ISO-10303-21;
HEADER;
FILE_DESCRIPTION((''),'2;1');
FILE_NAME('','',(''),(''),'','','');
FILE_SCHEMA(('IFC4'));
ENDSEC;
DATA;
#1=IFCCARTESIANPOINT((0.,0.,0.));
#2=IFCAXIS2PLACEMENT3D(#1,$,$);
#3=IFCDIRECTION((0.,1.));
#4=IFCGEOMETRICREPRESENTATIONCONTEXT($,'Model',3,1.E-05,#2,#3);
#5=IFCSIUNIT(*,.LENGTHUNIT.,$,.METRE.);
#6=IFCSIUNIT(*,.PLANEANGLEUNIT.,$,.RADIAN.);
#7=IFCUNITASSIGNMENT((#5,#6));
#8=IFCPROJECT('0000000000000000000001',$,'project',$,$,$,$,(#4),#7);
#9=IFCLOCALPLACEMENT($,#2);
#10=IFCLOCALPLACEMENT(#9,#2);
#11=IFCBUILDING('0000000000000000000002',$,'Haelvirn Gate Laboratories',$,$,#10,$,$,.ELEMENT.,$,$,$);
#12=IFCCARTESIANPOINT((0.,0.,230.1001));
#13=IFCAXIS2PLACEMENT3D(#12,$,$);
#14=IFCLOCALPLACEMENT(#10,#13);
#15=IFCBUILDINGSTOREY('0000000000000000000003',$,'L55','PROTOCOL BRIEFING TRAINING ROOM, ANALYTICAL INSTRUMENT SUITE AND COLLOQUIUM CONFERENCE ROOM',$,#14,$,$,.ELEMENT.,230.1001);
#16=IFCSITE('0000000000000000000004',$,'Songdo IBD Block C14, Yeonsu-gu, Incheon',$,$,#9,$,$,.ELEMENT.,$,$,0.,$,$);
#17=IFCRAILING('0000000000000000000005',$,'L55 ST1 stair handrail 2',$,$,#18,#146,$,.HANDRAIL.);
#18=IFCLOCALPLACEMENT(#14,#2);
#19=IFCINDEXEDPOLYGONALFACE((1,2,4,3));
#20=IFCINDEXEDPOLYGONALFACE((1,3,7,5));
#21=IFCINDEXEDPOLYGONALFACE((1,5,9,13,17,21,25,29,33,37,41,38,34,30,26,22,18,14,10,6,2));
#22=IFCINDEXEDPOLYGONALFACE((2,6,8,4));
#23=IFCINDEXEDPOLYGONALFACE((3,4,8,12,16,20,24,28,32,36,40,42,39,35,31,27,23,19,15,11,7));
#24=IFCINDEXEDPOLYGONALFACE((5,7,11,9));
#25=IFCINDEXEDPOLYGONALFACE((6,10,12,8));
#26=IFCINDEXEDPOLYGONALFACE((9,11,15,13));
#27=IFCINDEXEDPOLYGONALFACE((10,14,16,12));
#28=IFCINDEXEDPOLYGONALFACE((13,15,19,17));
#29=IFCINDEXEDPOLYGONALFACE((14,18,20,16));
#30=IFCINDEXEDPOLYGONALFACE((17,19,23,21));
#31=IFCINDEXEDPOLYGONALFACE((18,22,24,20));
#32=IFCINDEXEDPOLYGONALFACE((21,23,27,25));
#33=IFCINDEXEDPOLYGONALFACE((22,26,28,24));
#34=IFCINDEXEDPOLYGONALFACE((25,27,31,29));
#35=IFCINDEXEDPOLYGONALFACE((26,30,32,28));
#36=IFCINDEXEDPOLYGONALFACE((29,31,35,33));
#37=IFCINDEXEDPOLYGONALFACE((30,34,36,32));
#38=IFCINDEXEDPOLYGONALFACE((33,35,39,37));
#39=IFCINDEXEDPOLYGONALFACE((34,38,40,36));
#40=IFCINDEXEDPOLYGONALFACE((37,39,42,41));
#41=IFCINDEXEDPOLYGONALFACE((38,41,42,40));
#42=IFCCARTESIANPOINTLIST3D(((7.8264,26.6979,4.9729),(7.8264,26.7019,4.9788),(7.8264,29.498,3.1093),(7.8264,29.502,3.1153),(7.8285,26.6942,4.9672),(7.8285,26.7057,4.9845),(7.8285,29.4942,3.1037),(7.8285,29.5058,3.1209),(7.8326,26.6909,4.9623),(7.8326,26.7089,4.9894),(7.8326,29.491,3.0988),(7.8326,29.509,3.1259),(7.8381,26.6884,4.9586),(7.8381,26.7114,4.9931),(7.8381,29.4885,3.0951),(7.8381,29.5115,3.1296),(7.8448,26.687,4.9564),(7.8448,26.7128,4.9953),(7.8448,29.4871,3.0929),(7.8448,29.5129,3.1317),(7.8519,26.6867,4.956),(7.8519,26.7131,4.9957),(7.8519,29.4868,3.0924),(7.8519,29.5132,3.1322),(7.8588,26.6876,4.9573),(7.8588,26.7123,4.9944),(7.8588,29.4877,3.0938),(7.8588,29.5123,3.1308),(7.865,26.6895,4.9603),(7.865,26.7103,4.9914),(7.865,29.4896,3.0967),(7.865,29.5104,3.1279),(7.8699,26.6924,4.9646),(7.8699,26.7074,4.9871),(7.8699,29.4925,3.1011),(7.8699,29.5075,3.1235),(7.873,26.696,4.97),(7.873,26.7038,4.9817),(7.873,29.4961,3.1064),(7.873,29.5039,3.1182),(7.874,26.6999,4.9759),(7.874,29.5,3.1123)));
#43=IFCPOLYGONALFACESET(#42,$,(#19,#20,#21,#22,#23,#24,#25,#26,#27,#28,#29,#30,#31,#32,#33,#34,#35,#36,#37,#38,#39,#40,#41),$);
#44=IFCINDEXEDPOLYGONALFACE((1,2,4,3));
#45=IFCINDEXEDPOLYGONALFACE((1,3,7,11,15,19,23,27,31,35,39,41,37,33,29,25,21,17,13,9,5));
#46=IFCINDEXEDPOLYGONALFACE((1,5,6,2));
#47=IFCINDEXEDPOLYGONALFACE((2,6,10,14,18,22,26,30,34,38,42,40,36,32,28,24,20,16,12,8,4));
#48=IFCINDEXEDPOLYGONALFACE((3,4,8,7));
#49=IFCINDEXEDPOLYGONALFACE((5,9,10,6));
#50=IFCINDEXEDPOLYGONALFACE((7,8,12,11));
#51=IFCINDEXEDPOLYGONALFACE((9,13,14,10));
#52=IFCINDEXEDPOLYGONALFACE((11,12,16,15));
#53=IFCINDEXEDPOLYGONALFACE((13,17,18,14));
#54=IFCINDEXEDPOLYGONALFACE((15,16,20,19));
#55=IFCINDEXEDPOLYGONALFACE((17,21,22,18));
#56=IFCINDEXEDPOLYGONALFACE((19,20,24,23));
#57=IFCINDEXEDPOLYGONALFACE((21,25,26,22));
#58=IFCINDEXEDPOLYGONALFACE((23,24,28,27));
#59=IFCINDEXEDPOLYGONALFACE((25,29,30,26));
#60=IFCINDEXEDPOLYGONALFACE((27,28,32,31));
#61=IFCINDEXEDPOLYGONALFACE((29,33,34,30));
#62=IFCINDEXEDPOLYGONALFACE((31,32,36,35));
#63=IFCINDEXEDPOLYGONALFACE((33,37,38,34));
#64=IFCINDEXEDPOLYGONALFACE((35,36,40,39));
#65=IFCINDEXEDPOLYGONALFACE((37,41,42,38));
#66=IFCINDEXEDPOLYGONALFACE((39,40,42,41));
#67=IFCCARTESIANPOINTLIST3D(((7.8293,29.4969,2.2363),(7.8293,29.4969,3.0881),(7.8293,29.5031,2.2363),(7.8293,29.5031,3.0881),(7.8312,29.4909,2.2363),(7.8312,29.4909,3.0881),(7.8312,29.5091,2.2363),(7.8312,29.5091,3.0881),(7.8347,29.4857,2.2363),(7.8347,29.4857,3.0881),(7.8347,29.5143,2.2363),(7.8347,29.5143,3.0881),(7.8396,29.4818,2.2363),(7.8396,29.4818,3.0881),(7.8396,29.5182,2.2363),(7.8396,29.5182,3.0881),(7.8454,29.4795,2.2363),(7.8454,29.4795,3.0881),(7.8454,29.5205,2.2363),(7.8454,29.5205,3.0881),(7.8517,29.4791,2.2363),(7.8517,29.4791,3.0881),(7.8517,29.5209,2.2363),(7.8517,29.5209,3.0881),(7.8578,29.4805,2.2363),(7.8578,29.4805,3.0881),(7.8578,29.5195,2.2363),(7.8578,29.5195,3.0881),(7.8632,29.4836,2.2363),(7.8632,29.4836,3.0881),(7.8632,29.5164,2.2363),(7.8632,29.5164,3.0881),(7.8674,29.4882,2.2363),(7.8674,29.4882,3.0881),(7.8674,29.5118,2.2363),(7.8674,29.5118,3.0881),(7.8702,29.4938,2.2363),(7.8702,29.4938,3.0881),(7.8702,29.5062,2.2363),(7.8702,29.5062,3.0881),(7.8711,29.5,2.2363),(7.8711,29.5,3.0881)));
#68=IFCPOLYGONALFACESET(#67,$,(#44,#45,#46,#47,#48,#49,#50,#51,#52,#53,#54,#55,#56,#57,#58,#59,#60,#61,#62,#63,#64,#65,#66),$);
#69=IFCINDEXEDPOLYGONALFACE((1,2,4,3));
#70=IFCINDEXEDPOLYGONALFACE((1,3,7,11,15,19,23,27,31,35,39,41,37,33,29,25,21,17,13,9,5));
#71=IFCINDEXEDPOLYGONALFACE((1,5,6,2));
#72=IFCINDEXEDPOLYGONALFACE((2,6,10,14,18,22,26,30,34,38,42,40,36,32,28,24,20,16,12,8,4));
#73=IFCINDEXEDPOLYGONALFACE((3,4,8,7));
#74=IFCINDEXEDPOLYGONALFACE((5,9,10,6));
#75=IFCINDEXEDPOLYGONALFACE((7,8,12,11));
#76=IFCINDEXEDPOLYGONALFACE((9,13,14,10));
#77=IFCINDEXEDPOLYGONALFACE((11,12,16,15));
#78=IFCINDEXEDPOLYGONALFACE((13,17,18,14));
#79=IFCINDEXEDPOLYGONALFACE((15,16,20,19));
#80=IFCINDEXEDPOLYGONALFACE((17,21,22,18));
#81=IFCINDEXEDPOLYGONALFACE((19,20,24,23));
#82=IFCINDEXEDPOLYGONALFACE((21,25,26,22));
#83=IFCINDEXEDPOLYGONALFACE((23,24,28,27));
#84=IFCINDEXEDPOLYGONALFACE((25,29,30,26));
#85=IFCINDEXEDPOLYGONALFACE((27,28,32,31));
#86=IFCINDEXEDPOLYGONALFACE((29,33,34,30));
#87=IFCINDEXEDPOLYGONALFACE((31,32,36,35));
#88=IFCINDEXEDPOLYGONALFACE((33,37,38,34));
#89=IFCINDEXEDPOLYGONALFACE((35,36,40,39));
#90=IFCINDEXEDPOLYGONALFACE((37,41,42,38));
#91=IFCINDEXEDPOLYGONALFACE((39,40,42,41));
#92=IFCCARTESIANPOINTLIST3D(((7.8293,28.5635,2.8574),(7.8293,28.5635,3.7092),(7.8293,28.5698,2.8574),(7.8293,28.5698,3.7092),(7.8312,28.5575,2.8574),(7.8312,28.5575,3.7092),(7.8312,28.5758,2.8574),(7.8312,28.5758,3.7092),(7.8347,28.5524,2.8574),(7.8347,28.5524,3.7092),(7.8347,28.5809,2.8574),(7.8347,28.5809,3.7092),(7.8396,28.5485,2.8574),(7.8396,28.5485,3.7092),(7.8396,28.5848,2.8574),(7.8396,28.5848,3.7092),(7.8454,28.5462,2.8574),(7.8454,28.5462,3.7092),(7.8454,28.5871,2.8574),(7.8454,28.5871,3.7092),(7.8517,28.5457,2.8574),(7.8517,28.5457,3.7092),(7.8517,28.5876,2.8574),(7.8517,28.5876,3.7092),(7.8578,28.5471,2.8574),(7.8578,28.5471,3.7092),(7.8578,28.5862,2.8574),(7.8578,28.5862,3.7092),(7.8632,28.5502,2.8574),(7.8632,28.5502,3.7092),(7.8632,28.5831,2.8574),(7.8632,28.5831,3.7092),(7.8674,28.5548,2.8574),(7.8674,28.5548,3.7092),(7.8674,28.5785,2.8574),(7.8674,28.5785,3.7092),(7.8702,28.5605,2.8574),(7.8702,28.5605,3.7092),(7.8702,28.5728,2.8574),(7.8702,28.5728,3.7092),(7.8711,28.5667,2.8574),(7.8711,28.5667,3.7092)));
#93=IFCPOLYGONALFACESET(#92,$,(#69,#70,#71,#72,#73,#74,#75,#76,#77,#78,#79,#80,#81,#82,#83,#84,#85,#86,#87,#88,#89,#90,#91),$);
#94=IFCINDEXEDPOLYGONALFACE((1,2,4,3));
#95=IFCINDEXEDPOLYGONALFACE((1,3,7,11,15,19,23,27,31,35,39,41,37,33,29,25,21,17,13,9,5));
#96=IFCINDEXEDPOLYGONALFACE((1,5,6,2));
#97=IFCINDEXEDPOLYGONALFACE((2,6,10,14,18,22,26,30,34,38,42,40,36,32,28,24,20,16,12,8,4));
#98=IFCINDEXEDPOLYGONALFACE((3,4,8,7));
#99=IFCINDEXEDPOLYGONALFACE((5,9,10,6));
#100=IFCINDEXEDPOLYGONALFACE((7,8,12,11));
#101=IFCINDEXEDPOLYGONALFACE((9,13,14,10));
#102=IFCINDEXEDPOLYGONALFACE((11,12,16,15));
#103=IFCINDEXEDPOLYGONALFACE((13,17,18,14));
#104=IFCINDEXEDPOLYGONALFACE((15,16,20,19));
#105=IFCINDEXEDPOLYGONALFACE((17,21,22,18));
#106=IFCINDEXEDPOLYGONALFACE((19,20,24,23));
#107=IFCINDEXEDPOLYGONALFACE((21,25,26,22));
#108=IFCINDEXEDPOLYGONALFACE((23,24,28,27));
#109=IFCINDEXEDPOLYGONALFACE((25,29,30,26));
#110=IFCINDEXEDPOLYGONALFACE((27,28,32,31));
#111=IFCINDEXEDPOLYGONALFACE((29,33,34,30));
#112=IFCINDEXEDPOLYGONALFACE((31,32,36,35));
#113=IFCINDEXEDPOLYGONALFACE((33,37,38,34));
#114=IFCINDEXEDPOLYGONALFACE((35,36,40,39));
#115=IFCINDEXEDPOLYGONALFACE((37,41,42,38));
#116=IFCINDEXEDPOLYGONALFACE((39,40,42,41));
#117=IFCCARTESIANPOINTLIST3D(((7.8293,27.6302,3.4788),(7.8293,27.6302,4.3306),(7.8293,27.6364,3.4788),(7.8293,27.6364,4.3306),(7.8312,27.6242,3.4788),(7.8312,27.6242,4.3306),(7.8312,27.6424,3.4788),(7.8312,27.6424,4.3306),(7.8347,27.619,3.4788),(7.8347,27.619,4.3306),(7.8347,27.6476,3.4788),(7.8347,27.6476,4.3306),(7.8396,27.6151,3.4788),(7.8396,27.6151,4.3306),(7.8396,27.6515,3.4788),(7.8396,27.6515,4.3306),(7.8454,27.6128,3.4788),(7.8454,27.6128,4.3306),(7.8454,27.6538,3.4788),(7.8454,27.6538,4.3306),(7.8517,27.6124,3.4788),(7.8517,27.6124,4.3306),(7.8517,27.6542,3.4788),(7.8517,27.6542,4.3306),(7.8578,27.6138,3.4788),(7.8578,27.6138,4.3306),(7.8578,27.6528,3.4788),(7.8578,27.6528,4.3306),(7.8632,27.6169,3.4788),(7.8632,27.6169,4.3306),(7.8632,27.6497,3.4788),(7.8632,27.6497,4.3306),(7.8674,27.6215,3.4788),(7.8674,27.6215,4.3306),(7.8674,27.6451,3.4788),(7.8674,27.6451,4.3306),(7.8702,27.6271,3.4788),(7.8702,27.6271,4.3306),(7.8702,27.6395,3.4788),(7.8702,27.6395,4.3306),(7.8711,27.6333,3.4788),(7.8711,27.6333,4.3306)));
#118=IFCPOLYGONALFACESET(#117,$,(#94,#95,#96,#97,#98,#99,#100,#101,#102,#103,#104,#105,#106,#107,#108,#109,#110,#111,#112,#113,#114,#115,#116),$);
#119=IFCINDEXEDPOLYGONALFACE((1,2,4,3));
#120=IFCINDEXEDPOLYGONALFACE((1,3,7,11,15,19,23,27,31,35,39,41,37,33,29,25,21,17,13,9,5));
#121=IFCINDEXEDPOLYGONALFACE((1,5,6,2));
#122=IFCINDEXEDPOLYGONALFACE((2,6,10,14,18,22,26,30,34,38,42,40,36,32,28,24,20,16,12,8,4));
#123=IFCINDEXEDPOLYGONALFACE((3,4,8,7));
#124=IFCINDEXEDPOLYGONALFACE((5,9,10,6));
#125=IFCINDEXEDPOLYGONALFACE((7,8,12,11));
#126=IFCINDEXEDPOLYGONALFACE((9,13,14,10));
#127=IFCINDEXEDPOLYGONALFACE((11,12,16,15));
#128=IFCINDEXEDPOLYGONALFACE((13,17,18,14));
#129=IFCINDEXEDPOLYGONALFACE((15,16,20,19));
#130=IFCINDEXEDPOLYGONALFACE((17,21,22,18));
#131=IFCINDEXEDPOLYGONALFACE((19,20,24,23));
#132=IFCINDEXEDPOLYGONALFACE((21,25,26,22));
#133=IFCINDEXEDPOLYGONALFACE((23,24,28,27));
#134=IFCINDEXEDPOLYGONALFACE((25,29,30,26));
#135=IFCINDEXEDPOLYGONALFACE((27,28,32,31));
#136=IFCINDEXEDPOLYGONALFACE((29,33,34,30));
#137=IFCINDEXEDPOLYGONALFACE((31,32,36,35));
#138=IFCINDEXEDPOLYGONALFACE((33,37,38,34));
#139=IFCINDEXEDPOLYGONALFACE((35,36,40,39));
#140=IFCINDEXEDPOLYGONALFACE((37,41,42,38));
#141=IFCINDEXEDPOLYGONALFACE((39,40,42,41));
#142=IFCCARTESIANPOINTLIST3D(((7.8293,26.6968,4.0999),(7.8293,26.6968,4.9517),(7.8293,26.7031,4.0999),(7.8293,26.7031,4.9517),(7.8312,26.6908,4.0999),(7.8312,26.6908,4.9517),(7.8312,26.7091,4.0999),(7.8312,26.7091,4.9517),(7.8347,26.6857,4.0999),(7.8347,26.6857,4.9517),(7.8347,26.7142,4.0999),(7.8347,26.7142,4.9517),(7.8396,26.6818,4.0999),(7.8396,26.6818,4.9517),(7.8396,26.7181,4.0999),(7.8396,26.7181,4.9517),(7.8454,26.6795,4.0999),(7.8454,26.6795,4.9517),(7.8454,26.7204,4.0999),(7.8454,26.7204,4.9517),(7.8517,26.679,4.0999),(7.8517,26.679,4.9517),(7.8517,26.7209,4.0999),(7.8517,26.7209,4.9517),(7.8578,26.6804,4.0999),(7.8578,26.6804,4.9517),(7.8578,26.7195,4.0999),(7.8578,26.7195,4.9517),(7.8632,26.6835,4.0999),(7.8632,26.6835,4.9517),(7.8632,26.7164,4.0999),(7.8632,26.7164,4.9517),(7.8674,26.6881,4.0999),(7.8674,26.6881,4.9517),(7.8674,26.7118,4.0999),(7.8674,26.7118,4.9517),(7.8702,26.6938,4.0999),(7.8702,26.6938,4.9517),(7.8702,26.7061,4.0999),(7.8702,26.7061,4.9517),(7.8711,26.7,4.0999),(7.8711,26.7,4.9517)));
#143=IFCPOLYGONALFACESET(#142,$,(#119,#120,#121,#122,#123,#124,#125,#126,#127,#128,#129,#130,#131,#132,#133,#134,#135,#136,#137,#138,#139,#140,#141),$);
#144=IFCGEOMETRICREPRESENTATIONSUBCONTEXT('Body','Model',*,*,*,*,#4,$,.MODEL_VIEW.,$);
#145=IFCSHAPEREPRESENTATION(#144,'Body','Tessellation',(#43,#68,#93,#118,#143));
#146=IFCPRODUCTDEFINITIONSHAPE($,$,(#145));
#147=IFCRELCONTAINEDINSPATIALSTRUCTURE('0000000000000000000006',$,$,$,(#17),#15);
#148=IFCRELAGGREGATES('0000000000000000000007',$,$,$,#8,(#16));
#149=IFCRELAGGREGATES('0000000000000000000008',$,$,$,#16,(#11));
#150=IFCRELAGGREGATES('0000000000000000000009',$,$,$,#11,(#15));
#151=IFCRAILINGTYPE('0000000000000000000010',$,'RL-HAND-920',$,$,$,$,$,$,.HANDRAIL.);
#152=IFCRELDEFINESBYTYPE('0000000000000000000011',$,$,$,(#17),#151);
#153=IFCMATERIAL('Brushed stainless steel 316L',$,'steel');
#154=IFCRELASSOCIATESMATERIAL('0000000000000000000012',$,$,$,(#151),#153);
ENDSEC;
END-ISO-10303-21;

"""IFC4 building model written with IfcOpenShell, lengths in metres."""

from ifc_helpers import new_model, si_unit, direction, frame, origin, origin_2d, place, context, subcontext, project, spatial, circle, extrude, source, transform, mapped, material, type_object, element, save


model = new_model("IFC4")

# Units and contexts
model_context = context("Model", 3, precision=1e-05, world=origin(), true_north=direction((0.0, 1.0)))
body_context = subcontext(model_context, "Body", "Model", "MODEL_VIEW")
ifc_project = project(units=[si_unit("LENGTHUNIT", "METRE"), si_unit("PLANEANGLEUNIT", "RADIAN")], contexts=[model_context])

# Site, building, storey
site_placement = place(None, origin())
site = spatial("IfcSite", under=ifc_project, at=site_placement, Name="Songdo IBD Block C14, Yeonsu-gu, Incheon", CompositionType="ELEMENT", RefElevation=0.0)
building_placement = place(site_placement, origin())
building = spatial("IfcBuilding", under=site, at=building_placement, Name="Haelvirn Gate Laboratories", CompositionType="ELEMENT")
storey_placement = place(building_placement, frame((0.0, 0.0, 230.1001)))
storey = spatial("IfcBuildingStorey", under=building, at=storey_placement, Name="L55", Description="PROTOCOL BRIEFING TRAINING ROOM, ANALYTICAL INSTRUMENT SUITE AND COLLOQUIUM CONFERENCE ROOM", CompositionType="ELEMENT", Elevation=230.1001)

# Railing
ifc_material_1 = material(Name="Brushed stainless steel 316L", Category="steel")
railing_type_1 = type_object("IfcRailingType", Name="RL-HAND-920", PredefinedType="HANDRAIL", material=ifc_material_1)
shared_shape_1 = source(origin(), body_context, "Body", "SweptSolid", [
    extrude(circle(Radius=0.0239, at=origin_2d()), frame((0.0, 0.0, 0.876), z_axis=(0.0, -0.832486, 0.554047), x_axis=(1.0, 0.0, 0.0)), (0.0, 0.0, 1.0), 3.3635),
    extrude(circle(Radius=0.021, at=origin_2d()), origin(), (0.0, 0.0, 1.0), 0.8518),
    extrude(circle(Radius=0.021, at=origin_2d()), frame((0.0, -0.9333, 0.6211)), (0.0, 0.0, 1.0), 0.8518),
    extrude(circle(Radius=0.021, at=origin_2d()), frame((0.0, -1.8667, 1.2424)), (0.0, 0.0, 1.0), 0.8518),
    extrude(circle(Radius=0.021, at=origin_2d()), frame((0.0, -2.8, 1.8635)), (0.0, 0.0, 1.0), 0.8518),
])
railing_1_placement = place(storey_placement, frame((7.8501, 29.5, 2.2363)))
element("IfcRailing", 1, at=railing_1_placement, inside=storey, type_object=railing_type_1, Name="L55 ST1 stair handrail 2", PredefinedType="HANDRAIL", context=body_context, shape_type="MappedRepresentation", body=[
    mapped(shared_shape_1, transform((0.0, 0.0, 0.0), scale=1.0)),
])

save(model, "model.ifc")
